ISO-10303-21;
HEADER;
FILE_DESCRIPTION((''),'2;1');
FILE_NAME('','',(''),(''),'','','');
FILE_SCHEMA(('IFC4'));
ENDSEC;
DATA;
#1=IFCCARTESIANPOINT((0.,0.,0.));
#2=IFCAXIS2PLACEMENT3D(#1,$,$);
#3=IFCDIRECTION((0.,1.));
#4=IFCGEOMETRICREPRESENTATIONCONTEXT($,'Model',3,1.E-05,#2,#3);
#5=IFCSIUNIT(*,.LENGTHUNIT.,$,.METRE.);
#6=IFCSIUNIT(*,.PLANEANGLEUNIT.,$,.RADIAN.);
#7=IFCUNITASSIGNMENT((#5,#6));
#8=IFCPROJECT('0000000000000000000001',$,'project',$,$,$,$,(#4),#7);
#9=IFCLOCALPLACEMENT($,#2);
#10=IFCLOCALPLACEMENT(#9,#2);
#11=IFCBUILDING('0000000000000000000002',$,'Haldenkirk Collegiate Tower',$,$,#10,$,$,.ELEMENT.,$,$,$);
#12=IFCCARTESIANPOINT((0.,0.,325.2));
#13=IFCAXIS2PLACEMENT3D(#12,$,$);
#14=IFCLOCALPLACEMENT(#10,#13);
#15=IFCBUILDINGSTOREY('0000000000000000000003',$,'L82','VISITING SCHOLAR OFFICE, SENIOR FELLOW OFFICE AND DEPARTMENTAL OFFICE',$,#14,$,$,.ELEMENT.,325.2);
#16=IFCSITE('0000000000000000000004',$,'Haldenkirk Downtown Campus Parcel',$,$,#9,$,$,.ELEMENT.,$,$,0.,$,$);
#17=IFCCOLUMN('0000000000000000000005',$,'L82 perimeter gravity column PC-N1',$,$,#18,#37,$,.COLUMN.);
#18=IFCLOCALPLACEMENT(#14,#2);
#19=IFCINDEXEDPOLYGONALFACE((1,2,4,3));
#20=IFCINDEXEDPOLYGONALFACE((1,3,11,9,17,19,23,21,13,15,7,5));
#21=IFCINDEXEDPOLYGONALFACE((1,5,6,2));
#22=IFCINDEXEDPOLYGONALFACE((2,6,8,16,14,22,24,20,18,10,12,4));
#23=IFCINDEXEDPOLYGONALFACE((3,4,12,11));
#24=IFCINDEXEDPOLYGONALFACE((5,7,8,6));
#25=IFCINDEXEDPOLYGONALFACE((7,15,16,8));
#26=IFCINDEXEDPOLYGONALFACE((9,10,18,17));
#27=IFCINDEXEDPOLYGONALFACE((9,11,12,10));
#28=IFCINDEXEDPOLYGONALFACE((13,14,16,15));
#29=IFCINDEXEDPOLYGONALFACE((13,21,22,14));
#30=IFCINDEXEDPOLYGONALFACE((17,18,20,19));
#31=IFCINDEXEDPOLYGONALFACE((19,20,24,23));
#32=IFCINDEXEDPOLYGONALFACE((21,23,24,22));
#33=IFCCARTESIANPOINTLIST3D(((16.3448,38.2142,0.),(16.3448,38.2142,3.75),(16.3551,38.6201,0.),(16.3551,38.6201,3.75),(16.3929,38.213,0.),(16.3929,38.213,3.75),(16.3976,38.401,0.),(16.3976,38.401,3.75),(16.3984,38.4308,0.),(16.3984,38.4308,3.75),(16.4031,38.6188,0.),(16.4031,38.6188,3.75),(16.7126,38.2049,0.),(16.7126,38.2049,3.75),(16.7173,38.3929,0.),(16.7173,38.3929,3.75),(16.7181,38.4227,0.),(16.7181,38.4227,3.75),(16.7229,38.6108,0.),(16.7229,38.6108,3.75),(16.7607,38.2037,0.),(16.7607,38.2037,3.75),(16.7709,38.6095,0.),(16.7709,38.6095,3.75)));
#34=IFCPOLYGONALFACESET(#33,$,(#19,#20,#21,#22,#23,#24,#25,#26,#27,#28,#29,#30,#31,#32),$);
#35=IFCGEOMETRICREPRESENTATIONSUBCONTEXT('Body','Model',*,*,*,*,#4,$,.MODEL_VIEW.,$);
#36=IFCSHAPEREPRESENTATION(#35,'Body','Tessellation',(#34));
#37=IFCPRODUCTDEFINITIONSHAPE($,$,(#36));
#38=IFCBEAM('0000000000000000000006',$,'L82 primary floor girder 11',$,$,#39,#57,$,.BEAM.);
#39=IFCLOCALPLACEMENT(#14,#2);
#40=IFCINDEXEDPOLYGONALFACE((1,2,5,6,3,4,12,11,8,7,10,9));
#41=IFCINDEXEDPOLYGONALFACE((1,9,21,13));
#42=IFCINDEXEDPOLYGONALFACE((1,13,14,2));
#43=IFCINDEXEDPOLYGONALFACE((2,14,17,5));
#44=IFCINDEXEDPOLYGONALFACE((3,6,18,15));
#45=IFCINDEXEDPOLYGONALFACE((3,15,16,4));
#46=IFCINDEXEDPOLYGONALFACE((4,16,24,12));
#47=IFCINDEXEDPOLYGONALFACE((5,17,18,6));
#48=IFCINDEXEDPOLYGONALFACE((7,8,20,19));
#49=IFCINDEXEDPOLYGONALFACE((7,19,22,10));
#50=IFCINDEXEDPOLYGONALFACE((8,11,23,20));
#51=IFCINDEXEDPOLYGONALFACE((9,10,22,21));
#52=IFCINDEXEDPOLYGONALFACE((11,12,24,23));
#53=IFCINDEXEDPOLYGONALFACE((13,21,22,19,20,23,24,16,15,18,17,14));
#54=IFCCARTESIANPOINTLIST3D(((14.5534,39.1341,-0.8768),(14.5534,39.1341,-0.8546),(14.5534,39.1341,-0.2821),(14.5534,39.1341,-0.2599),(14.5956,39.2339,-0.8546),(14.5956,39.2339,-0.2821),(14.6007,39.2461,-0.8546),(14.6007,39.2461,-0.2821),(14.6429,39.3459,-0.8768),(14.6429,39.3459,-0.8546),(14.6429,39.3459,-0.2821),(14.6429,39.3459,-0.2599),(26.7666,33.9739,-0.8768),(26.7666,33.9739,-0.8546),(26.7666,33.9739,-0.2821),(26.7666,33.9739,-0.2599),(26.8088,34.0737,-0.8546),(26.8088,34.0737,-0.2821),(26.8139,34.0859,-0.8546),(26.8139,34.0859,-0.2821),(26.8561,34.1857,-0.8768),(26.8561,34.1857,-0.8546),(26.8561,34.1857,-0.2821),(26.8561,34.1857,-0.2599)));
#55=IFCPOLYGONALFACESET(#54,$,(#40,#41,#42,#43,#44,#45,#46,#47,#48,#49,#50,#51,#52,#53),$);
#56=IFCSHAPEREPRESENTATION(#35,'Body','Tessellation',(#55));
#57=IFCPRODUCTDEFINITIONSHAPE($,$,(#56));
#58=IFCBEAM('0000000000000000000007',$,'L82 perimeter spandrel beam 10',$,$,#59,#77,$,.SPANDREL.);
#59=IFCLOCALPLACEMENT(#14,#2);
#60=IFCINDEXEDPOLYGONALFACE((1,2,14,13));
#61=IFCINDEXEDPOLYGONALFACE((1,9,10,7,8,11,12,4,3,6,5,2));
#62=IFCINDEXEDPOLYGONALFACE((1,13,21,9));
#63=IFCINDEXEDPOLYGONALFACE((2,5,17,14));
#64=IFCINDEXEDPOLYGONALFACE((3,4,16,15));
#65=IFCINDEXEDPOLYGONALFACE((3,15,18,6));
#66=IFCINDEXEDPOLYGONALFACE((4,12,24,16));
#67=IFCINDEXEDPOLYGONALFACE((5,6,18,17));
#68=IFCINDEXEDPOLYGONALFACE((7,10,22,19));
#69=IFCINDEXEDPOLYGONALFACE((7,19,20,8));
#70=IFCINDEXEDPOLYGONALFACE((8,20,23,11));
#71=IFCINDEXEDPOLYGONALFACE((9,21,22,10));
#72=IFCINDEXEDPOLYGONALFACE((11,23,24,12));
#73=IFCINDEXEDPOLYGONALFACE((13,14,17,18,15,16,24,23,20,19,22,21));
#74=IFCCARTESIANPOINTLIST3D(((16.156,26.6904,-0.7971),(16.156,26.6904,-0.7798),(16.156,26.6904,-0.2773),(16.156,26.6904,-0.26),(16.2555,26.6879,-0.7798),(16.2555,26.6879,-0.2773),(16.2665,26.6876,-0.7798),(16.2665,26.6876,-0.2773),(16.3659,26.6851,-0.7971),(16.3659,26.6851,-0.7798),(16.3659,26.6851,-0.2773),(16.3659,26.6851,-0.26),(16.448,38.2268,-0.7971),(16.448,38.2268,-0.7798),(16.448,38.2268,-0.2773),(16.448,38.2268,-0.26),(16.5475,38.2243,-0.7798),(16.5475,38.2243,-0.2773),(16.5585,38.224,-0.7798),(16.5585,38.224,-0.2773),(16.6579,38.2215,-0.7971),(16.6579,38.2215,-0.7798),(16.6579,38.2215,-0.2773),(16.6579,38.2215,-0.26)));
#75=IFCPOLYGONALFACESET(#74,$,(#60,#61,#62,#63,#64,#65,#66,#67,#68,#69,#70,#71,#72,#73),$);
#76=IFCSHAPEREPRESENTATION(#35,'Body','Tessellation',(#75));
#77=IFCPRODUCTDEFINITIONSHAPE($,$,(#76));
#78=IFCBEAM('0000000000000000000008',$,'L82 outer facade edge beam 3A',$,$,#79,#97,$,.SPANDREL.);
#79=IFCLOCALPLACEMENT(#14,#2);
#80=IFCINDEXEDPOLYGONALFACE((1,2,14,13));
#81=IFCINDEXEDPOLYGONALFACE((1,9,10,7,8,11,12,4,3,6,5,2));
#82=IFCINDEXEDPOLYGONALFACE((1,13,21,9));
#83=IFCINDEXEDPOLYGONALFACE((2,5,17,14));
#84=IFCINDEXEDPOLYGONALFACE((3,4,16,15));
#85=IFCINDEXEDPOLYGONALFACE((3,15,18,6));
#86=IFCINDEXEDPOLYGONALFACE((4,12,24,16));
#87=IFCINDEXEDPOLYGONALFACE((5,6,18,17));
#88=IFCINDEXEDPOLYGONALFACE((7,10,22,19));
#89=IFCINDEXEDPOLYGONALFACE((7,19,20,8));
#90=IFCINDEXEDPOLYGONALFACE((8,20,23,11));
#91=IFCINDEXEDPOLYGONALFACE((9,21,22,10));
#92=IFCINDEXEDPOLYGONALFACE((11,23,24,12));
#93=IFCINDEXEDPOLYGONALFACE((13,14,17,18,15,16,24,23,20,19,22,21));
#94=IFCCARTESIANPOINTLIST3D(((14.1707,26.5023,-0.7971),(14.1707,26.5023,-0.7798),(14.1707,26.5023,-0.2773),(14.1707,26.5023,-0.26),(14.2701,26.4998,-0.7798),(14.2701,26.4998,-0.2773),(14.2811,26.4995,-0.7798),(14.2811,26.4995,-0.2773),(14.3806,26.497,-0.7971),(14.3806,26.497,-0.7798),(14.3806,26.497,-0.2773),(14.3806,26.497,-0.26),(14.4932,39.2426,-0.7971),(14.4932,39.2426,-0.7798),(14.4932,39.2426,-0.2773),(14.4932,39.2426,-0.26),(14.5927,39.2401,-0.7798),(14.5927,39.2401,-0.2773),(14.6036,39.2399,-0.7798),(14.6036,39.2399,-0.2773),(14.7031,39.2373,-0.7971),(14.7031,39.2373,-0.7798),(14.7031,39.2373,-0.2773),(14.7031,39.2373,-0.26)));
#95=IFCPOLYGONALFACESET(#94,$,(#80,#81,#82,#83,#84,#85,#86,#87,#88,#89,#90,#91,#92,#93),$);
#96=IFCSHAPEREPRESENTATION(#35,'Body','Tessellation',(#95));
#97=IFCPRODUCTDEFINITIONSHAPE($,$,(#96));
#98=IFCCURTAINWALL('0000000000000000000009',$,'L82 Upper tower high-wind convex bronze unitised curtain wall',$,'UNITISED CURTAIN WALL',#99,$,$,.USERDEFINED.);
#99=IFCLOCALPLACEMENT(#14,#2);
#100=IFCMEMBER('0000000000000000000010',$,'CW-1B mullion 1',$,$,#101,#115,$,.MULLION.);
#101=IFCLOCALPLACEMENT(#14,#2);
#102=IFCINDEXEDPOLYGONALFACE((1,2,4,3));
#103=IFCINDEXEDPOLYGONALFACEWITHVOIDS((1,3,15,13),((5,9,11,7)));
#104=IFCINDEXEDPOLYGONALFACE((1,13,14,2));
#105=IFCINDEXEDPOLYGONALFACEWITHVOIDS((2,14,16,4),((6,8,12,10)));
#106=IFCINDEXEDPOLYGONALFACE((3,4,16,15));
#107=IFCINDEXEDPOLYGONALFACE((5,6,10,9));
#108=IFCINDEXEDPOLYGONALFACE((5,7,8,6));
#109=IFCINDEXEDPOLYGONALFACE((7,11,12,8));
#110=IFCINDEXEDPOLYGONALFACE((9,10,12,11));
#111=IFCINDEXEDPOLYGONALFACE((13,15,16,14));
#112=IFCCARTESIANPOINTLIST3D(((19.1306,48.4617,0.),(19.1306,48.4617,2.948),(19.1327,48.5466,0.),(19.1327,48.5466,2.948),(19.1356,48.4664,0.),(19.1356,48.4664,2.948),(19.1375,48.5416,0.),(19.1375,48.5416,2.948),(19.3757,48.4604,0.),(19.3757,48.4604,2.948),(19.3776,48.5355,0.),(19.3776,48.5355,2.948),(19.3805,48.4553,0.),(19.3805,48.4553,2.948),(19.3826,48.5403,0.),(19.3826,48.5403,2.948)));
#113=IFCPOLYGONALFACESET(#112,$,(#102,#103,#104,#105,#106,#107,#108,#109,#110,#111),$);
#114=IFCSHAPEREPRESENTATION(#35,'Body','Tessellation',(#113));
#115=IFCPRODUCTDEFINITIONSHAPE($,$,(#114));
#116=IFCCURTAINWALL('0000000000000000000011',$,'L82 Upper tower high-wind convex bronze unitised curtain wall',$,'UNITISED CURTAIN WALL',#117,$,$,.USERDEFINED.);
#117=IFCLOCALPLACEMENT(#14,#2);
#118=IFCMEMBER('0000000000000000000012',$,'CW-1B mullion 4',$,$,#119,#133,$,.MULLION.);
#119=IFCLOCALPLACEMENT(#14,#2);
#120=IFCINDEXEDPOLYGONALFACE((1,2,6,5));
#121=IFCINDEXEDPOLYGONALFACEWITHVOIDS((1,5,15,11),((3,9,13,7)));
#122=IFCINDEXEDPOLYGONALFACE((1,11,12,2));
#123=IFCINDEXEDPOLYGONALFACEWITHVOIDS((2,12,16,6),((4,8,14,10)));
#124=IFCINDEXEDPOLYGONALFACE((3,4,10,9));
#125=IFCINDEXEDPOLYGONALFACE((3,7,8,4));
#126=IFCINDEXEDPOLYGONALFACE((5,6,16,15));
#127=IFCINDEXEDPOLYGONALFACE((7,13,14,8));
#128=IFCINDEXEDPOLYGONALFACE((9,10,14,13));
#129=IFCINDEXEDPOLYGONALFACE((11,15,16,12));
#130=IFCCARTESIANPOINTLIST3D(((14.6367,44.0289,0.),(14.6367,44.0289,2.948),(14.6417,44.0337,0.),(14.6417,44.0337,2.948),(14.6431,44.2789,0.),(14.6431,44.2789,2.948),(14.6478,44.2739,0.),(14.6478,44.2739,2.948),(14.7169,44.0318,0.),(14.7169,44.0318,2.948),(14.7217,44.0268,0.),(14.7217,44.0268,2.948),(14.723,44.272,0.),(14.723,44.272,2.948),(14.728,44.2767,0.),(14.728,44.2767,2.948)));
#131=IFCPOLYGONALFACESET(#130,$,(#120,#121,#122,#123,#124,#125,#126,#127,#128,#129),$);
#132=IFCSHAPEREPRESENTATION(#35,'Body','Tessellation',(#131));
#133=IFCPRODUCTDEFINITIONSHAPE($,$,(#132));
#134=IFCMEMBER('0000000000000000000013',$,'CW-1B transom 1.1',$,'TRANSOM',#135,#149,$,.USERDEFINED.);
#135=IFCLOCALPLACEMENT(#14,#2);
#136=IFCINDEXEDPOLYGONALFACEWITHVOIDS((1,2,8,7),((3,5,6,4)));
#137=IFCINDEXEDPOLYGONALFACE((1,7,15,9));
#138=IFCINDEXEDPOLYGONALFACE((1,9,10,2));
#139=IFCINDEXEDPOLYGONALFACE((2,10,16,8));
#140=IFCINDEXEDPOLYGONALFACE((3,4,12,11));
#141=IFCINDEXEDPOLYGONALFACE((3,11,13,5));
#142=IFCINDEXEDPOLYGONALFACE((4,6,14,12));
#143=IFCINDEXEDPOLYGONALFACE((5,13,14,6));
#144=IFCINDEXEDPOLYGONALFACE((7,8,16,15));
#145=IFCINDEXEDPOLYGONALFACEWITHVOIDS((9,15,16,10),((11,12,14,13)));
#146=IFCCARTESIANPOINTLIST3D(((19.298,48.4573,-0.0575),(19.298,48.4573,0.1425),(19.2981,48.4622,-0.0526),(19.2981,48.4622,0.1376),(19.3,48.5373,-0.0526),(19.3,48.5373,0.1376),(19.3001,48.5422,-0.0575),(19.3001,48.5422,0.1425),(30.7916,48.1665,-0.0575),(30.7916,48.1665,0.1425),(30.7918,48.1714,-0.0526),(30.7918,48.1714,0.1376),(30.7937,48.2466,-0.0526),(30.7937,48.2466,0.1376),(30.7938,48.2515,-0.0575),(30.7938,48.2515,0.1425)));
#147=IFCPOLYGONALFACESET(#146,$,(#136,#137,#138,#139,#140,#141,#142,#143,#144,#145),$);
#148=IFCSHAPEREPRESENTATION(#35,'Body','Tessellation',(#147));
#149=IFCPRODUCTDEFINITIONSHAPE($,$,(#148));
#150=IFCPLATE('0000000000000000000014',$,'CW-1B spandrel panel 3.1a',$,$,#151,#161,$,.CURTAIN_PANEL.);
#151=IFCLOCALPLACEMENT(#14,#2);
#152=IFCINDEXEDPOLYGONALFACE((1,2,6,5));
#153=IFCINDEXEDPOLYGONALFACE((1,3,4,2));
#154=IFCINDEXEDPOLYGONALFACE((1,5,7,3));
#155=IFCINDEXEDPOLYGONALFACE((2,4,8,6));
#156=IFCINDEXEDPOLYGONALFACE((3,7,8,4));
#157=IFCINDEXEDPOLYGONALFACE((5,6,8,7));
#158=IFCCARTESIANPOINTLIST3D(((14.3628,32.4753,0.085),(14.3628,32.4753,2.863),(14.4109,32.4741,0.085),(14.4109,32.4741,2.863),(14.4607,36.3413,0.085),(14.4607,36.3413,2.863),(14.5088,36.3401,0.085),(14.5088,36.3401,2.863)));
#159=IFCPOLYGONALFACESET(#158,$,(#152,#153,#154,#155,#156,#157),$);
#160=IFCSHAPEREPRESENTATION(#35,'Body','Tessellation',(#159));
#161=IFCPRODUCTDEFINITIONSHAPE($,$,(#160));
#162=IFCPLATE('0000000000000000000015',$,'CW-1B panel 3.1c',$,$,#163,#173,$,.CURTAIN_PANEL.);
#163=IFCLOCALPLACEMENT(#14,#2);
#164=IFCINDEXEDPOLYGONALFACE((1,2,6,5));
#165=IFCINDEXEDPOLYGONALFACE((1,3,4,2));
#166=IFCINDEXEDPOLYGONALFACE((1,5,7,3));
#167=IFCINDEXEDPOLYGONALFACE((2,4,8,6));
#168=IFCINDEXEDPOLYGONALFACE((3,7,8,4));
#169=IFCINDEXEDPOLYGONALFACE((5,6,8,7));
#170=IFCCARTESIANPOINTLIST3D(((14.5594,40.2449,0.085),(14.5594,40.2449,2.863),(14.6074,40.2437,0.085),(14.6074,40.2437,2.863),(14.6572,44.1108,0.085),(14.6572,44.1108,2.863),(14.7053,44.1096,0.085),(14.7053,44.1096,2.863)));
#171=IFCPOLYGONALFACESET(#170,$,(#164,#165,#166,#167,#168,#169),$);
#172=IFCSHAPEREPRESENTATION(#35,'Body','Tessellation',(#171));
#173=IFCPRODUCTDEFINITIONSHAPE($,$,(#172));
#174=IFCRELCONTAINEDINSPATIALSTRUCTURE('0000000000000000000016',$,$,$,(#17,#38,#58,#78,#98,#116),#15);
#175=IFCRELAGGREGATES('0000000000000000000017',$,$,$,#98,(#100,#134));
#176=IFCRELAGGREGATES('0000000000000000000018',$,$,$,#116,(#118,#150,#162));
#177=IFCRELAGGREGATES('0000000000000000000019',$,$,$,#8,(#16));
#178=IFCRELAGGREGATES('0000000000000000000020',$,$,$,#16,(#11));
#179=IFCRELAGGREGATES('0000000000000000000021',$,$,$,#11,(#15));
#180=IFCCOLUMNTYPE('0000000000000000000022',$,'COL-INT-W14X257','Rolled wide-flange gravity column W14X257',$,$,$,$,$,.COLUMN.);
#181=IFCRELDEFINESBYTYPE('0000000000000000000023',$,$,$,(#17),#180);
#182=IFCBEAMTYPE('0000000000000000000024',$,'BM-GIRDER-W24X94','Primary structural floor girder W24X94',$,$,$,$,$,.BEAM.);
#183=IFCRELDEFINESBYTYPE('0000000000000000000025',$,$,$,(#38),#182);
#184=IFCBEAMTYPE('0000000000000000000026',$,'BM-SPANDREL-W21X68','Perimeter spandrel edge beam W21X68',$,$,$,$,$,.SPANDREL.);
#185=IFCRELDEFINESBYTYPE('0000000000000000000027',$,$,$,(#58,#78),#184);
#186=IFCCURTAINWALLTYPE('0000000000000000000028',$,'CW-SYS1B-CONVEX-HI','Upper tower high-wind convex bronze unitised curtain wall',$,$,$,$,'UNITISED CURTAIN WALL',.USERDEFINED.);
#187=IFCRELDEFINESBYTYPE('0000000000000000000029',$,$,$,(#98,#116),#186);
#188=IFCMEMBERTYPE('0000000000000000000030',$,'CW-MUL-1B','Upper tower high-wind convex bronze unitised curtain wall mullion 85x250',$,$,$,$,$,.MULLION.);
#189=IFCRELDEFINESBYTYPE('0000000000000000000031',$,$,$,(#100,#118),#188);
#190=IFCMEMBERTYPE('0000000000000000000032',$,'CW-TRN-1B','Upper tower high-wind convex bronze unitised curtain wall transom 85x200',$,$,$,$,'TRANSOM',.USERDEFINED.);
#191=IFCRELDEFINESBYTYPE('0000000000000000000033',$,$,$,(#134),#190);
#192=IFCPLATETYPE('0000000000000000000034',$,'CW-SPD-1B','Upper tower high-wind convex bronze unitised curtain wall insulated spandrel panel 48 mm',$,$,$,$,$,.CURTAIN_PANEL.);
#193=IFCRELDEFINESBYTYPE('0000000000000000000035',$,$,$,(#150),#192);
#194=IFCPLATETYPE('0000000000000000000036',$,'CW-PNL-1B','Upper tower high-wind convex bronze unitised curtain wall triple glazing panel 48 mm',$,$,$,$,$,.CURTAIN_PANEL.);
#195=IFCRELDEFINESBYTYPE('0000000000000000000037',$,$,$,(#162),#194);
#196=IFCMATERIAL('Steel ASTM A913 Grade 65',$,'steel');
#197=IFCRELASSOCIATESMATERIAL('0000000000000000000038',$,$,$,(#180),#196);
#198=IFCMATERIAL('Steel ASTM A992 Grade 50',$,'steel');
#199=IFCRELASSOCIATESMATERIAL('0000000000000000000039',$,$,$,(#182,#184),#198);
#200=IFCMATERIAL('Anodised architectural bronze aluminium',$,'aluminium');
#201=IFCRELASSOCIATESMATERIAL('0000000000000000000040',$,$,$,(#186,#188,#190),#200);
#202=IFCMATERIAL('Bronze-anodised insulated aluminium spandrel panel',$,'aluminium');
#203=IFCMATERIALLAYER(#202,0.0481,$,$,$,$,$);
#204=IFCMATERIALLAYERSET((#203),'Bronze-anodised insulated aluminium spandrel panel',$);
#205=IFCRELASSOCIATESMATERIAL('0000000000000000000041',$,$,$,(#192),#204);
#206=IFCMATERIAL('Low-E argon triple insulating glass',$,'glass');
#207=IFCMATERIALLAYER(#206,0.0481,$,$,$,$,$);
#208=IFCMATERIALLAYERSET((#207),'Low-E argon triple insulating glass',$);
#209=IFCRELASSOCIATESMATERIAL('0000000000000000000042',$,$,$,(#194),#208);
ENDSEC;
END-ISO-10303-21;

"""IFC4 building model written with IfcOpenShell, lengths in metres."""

from ifc_helpers import new_model, si_unit, direction, frame, origin, origin_2d, place, context, subcontext, project, spatial, rectangle, hollow_rectangle, i_section, extrude, source, transform, mapped, material, layer, layer_set, material_profile, profile_set, type_object, element, aggregate, save


model = new_model("IFC4")

# Units and contexts
model_context = context("Model", 3, precision=1e-05, world=origin(), true_north=direction((0.0, 1.0)))
body_context = subcontext(model_context, "Body", "Model", "MODEL_VIEW")
ifc_project = project(units=[si_unit("LENGTHUNIT", "METRE"), si_unit("PLANEANGLEUNIT", "RADIAN")], contexts=[model_context])

# Site, building, storey
site_placement = place(None, origin())
site = spatial("IfcSite", under=ifc_project, at=site_placement, Name="Haldenkirk Downtown Campus Parcel", CompositionType="ELEMENT", RefElevation=0.0)
building_placement = place(site_placement, origin())
building = spatial("IfcBuilding", under=site, at=building_placement, Name="Haldenkirk Collegiate Tower", CompositionType="ELEMENT")
storey_placement = place(building_placement, frame((0.0, 0.0, 325.2)))
storey = spatial("IfcBuildingStorey", under=building, at=storey_placement, Name="L82", Description="VISITING SCHOLAR OFFICE, SENIOR FELLOW OFFICE AND DEPARTMENTAL OFFICE", CompositionType="ELEMENT", Elevation=325.2)

# Column
ifc_material_1 = material(Name="Steel ASTM A913 Grade 65", Category="steel")
ifc_material_profile_1 = material_profile(ifc_material_1, i_section(OverallWidth=0.406, OverallDepth=0.416, WebThickness=0.0298, FlangeThickness=0.0481, at=origin_2d()), Name="W14X257")
ifc_profile_set_1 = profile_set([ifc_material_profile_1], Name="Steel ASTM A913 Grade 65")
column_type = type_object("IfcColumnType", Name="COL-INT-W14X257", Description="Rolled wide-flange gravity column W14X257", PredefinedType="COLUMN", material=ifc_profile_set_1)
column_placement = place(storey_placement, frame((16.5579, 38.4119, 0.0), z_axis=(0.0, 0.0, 1.0), x_axis=(0.025305, 0.99968, 0.0)))
element("IfcColumn", 1, at=column_placement, inside=storey, type_object=column_type, Name="L82 perimeter gravity column PC-N1", PredefinedType="COLUMN", context=body_context, shape_type="SweptSolid", body=[
    extrude(i_section(OverallWidth=0.406, OverallDepth=0.416, WebThickness=0.0298, FlangeThickness=0.0481, at=origin_2d()), origin(), (0.0, 0.0, 1.0), 3.75),
])

# Beams
ifc_material_2 = material(Name="Steel ASTM A992 Grade 50", Category="steel")
ifc_material_profile_2 = material_profile(ifc_material_2, i_section(OverallWidth=0.23, OverallDepth=0.6169, WebThickness=0.0132, FlangeThickness=0.0222, at=origin_2d()), Name="W24X94")
ifc_profile_set_2 = profile_set([ifc_material_profile_2], Name="Steel ASTM A992 Grade 50")
beam_type_1 = type_object("IfcBeamType", Name="BM-GIRDER-W24X94", Description="Primary structural floor girder W24X94", PredefinedType="BEAM", material=ifc_profile_set_2)
beam_1_placement = place(storey_placement, frame((14.5981, 39.24, -0.5684), z_axis=(0.921155, -0.389196, 0.0), x_axis=(0.389196, 0.921155, 0.0)))
element("IfcBeam", 2, at=beam_1_placement, inside=storey, type_object=beam_type_1, Name="L82 primary floor girder 11", PredefinedType="BEAM", context=body_context, shape_type="SweptSolid", body=[
    extrude(i_section(OverallWidth=0.23, OverallDepth=0.6169, WebThickness=0.0132, FlangeThickness=0.0222, at=origin_2d()), origin(), (0.0, 0.0, 1.0), 13.2585),
])
ifc_material_profile_3 = material_profile(ifc_material_2, i_section(OverallWidth=0.21, OverallDepth=0.5371, WebThickness=0.011, FlangeThickness=0.0173, at=origin_2d()), Name="W21X68")
ifc_profile_set_3 = profile_set([ifc_material_profile_3], Name="Steel ASTM A992 Grade 50")
beam_type_2 = type_object("IfcBeamType", Name="BM-SPANDREL-W21X68", Description="Perimeter spandrel edge beam W21X68", PredefinedType="SPANDREL", material=ifc_profile_set_3)
beam_2_placement = place(storey_placement, frame((16.553, 38.2241, -0.5286), z_axis=(-0.025302, -0.99968, 0.0), x_axis=(0.99968, -0.025302, 0.0)))
element("IfcBeam", 3, at=beam_2_placement, inside=storey, type_object=beam_type_2, Name="L82 perimeter spandrel beam 10", PredefinedType="SPANDREL", context=body_context, shape_type="SweptSolid", body=[
    extrude(i_section(OverallWidth=0.21, OverallDepth=0.5371, WebThickness=0.011, FlangeThickness=0.0173, at=origin_2d()), origin(), (0.0, 0.0, 1.0), 11.54),
])
beam_3_placement = place(storey_placement, frame((14.5981, 39.24, -0.5286), z_axis=(-0.025306, -0.99968, 0.0), x_axis=(0.99968, -0.025306, 0.0)))
element("IfcBeam", 4, at=beam_3_placement, inside=storey, type_object=beam_type_2, Name="L82 outer facade edge beam 3A", PredefinedType="SPANDREL", context=body_context, shape_type="SweptSolid", body=[
    extrude(i_section(OverallWidth=0.21, OverallDepth=0.5371, WebThickness=0.011, FlangeThickness=0.0173, at=origin_2d()), origin(), (0.0, 0.0, 1.0), 12.7444),
])

# Curtain walls, members
ifc_material_3 = material(Name="Anodised architectural bronze aluminium", Category="aluminium")
curtain_wall_type = type_object("IfcCurtainWallType", Name="CW-SYS1B-CONVEX-HI", Description="Upper tower high-wind convex bronze unitised curtain wall", ElementType="UNITISED CURTAIN WALL", PredefinedType="USERDEFINED", material=ifc_material_3)
curtain_wall_1_placement = place(storey_placement, origin())
curtain_wall_1 = element("IfcCurtainWall", 5, at=curtain_wall_1_placement, inside=storey, type_object=curtain_wall_type, Name="L82 Upper tower high-wind convex bronze unitised curtain wall", ObjectType="UNITISED CURTAIN WALL", PredefinedType="USERDEFINED")
ifc_material_profile_4 = material_profile(ifc_material_3, hollow_rectangle(XDim=0.085, YDim=0.25, WallThickness=0.0049, at=origin_2d()), Name="CW-MUL-1B")
ifc_profile_set_4 = profile_set([ifc_material_profile_4], Name="Anodised architectural bronze aluminium")
member_type_1 = type_object("IfcMemberType", Name="CW-MUL-1B", Description="Upper tower high-wind convex bronze unitised curtain wall mullion 85x250", PredefinedType="MULLION", material=ifc_profile_set_4)
member_1_placement = place(storey_placement, frame((19.2566, 48.501, 0.0), z_axis=(0.0, 0.0, 1.0), x_axis=(0.025305, 0.99968, 0.0)))
member_1 = element("IfcMember", 6, at=member_1_placement, type_object=member_type_1, Name="CW-1B mullion 1", PredefinedType="MULLION", context=body_context, shape_type="SweptSolid", body=[
    extrude(hollow_rectangle(XDim=0.085, YDim=0.25, WallThickness=0.0049, at=origin_2d()), origin(), (0.0, 0.0, 1.0), 2.948),
])
curtain_wall_2_placement = place(storey_placement, origin())
curtain_wall_2 = element("IfcCurtainWall", 7, at=curtain_wall_2_placement, inside=storey, type_object=curtain_wall_type, Name="L82 Upper tower high-wind convex bronze unitised curtain wall", ObjectType="UNITISED CURTAIN WALL", PredefinedType="USERDEFINED")
member_2_placement = place(storey_placement, frame((14.6824, 44.1528, 0.0), z_axis=(0.0, 0.0, 1.0), x_axis=(-0.99968, 0.025303, 0.0)))
member_2 = element("IfcMember", 8, at=member_2_placement, type_object=member_type_1, Name="CW-1B mullion 4", PredefinedType="MULLION", context=body_context, shape_type="SweptSolid", body=[
    extrude(hollow_rectangle(XDim=0.085, YDim=0.25, WallThickness=0.0049, at=origin_2d()), origin(), (0.0, 0.0, 1.0), 2.948),
])

# Member
ifc_material_profile_5 = material_profile(ifc_material_3, hollow_rectangle(XDim=0.085, YDim=0.2, WallThickness=0.0049, at=origin_2d()), Name="CW-TRN-1B")
ifc_profile_set_5 = profile_set([ifc_material_profile_5], Name="Anodised architectural bronze aluminium")
member_type_2 = type_object("IfcMemberType", Name="CW-TRN-1B", Description="Upper tower high-wind convex bronze unitised curtain wall transom 85x200", ElementType="TRANSOM", PredefinedType="USERDEFINED", material=ifc_profile_set_5)
member_3_placement = place(storey_placement, frame((19.2991, 48.4998, 0.0425), z_axis=(0.99968, -0.02529, 0.0), x_axis=(0.02529, 0.99968, 0.0)))
member_3 = element("IfcMember", 9, at=member_3_placement, type_object=member_type_2, Name="CW-1B transom 1.1", ObjectType="TRANSOM", PredefinedType="USERDEFINED", context=body_context, shape_type="SweptSolid", body=[
    extrude(hollow_rectangle(XDim=0.085, YDim=0.2, WallThickness=0.0049, at=origin_2d()), origin(), (0.0, 0.0, 1.0), 11.4973),
])
aggregate(curtain_wall_1, [member_1, member_3])

# Plates
ifc_material_4 = material(Name="Bronze-anodised insulated aluminium spandrel panel", Category="aluminium")
ifc_layer_1 = layer(ifc_material_4, 0.0481)
ifc_layer_set_1 = layer_set([ifc_layer_1], Name="Bronze-anodised insulated aluminium spandrel panel")
plate_type_1 = type_object("IfcPlateType", Name="CW-SPD-1B", Description="Upper tower high-wind convex bronze unitised curtain wall insulated spandrel panel 48 mm", PredefinedType="CURTAIN_PANEL", material=ifc_layer_set_1)
shared_shape_1 = source(origin(), body_context, "Body", "SweptSolid", [
    extrude(rectangle(XDim=3.8672, YDim=0.0481, at=origin_2d()), origin(), (0.0, 0.0, 1.0), 2.7781),
])
plate_1_placement = place(storey_placement, frame((14.4358, 34.4077, 0.085), z_axis=(0.0, 0.0, 1.0), x_axis=(0.025303, 0.99968, 0.0)))
plate_1 = element("IfcPlate", 10, at=plate_1_placement, type_object=plate_type_1, Name="CW-1B spandrel panel 3.1a", PredefinedType="CURTAIN_PANEL", context=body_context, shape_type="MappedRepresentation", body=[
    mapped(shared_shape_1, transform((0.0, 0.0, 0.0), x_axis=(1.0, 0.0, 0.0), y_axis=(0.0, 1.0, 0.0), z_axis=(0.0, 0.0, 1.0), scale=1.0)),
])
ifc_material_5 = material(Name="Low-E argon triple insulating glass", Category="glass")
ifc_layer_2 = layer(ifc_material_5, 0.0481)
ifc_layer_set_2 = layer_set([ifc_layer_2], Name="Low-E argon triple insulating glass")
plate_type_2 = type_object("IfcPlateType", Name="CW-PNL-1B", Description="Upper tower high-wind convex bronze unitised curtain wall triple glazing panel 48 mm", PredefinedType="CURTAIN_PANEL", material=ifc_layer_set_2)
plate_2_placement = place(storey_placement, frame((14.6323, 42.1772, 0.085), z_axis=(0.0, 0.0, 1.0), x_axis=(0.025303, 0.99968, 0.0)))
plate_2 = element("IfcPlate", 11, at=plate_2_placement, type_object=plate_type_2, Name="CW-1B panel 3.1c", PredefinedType="CURTAIN_PANEL", context=body_context, shape_type="MappedRepresentation", body=[
    mapped(shared_shape_1, transform((0.0, 0.0, 0.0), x_axis=(1.0, 0.0, 0.0), y_axis=(0.0, 1.0, 0.0), z_axis=(0.0, 0.0, 1.0), scale=1.0)),
])
aggregate(curtain_wall_2, [member_2, plate_1, plate_2])

save(model, "model.ifc")
